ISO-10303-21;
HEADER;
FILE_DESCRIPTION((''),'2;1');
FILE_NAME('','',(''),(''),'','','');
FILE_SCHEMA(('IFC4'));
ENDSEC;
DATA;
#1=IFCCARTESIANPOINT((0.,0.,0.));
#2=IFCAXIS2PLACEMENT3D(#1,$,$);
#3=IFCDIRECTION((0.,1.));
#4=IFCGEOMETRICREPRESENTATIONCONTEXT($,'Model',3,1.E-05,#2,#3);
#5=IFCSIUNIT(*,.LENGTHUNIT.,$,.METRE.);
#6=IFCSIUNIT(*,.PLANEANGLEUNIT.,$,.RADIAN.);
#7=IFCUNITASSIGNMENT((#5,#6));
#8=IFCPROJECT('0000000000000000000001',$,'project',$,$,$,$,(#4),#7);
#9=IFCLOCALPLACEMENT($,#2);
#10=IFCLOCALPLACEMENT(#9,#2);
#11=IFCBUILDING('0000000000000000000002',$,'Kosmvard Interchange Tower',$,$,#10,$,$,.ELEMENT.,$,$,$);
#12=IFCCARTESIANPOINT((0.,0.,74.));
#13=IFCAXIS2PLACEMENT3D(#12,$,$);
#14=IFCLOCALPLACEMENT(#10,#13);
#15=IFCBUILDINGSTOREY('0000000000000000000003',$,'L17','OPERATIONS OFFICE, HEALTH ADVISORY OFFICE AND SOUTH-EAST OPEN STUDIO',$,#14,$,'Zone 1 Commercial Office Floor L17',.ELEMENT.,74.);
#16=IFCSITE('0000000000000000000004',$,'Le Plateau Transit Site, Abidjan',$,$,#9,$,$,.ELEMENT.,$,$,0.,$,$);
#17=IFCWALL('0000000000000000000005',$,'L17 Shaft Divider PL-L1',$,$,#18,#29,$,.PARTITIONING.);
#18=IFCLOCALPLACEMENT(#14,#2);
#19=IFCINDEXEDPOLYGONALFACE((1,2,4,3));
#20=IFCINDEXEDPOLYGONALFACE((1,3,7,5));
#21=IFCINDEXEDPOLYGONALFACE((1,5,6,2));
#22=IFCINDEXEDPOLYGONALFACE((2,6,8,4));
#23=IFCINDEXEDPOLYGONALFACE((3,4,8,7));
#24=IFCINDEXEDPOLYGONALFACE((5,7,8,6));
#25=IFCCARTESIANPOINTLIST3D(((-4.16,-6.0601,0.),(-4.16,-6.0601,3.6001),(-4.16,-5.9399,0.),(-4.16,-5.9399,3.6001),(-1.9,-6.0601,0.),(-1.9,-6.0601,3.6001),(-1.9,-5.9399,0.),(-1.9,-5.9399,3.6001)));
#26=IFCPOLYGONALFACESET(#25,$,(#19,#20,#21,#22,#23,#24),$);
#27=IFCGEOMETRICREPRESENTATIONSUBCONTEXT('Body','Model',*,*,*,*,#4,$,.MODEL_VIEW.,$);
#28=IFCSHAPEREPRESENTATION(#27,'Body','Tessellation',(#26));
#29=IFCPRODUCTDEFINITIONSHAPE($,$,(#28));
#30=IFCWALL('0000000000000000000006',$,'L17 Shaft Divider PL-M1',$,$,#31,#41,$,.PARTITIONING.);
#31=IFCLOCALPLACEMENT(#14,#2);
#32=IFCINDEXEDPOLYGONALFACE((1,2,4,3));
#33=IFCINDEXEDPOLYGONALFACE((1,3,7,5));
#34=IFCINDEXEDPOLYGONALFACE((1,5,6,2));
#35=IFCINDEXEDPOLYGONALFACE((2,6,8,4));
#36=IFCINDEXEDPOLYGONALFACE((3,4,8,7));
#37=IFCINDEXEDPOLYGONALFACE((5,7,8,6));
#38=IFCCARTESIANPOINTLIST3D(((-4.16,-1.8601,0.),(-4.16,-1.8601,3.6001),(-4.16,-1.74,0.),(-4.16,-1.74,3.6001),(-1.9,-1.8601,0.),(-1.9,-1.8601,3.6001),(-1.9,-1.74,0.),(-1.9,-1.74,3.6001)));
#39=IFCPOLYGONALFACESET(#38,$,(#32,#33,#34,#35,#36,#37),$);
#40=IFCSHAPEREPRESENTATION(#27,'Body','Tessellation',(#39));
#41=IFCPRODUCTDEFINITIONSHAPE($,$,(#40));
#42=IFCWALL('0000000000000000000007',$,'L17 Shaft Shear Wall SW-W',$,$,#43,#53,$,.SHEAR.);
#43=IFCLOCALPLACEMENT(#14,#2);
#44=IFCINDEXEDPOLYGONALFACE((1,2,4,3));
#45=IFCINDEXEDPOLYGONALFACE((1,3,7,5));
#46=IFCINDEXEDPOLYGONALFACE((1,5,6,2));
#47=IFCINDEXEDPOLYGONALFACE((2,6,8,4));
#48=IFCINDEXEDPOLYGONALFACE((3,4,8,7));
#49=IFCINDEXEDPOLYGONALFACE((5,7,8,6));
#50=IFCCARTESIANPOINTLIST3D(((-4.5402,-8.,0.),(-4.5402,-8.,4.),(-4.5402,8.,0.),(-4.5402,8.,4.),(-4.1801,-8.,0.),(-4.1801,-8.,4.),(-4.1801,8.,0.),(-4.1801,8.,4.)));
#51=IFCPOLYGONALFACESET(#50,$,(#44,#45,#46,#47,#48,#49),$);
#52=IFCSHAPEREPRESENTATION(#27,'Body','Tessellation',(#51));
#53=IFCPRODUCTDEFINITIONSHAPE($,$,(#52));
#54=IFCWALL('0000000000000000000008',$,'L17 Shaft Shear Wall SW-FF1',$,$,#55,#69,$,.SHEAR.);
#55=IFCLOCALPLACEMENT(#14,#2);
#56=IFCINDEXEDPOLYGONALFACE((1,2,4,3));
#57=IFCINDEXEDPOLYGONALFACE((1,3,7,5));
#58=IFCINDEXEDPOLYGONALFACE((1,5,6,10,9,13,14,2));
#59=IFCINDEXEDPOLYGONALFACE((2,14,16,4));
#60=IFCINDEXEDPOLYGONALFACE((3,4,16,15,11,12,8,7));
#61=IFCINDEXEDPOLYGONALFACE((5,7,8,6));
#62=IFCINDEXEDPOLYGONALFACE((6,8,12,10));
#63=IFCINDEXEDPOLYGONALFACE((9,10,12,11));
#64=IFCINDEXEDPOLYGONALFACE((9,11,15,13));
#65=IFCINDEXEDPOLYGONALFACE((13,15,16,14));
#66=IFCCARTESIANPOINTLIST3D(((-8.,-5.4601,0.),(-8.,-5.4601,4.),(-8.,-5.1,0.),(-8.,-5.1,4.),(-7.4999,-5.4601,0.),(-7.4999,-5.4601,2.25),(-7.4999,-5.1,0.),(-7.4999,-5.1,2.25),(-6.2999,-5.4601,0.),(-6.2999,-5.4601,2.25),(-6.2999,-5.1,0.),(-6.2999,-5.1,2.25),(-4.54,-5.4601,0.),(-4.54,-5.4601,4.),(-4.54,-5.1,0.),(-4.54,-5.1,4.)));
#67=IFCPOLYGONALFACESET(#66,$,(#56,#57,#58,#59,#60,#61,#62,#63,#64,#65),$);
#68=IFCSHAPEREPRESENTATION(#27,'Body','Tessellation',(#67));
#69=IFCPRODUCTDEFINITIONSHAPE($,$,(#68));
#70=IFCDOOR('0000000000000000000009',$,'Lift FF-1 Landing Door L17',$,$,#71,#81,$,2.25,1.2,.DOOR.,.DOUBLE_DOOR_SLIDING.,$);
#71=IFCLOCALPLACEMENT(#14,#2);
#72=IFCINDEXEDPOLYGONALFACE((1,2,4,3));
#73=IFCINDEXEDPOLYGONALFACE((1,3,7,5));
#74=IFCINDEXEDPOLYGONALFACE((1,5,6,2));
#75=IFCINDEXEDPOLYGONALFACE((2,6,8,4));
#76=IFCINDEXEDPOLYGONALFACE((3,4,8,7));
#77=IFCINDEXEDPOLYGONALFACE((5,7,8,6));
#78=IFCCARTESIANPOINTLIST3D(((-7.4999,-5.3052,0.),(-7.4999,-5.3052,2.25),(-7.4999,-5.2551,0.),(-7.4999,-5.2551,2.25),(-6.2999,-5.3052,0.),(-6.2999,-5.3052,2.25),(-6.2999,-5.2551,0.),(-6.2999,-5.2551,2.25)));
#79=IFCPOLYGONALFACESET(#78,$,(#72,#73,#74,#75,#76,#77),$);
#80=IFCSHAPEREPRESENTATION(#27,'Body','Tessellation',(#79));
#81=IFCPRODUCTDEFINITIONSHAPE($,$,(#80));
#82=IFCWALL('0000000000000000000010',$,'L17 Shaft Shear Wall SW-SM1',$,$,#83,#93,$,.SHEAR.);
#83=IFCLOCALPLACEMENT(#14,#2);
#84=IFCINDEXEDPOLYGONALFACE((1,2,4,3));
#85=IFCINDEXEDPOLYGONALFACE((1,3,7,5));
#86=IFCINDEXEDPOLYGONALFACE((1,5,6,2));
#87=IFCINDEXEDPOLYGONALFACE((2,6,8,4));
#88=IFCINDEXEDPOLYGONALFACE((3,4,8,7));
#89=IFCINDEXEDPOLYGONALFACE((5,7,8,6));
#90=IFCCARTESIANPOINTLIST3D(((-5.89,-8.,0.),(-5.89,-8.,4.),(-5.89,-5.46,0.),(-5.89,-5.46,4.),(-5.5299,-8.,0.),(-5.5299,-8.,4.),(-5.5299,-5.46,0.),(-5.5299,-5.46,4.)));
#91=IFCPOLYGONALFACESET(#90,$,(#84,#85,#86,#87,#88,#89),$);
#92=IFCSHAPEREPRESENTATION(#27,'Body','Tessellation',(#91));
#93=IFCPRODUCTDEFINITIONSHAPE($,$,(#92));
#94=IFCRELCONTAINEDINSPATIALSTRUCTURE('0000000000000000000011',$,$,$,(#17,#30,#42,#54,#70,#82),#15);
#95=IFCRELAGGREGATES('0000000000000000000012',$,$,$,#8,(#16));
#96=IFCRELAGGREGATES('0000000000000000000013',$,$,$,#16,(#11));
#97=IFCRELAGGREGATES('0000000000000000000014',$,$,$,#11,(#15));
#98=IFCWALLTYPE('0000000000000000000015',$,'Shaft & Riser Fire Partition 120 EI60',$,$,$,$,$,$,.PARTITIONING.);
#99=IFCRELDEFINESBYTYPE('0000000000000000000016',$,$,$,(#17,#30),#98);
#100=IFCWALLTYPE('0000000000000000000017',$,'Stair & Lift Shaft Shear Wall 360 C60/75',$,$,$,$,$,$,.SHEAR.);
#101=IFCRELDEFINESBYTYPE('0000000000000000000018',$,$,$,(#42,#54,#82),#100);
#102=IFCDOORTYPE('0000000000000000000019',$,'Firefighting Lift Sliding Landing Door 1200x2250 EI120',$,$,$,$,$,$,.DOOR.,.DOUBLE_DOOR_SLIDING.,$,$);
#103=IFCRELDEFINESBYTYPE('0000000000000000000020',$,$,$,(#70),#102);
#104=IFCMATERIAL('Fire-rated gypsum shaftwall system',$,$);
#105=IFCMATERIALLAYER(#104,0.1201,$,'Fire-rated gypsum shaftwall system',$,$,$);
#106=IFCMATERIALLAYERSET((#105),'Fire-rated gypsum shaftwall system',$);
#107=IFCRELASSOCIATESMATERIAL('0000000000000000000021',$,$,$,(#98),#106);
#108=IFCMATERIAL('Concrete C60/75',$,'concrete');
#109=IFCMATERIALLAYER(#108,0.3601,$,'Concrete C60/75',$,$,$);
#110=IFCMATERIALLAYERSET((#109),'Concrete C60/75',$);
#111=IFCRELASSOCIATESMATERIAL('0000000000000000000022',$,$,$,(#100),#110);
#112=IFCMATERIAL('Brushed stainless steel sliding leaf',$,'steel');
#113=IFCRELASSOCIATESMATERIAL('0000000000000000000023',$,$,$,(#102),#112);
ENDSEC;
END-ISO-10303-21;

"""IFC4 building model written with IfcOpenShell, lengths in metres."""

from ifc_helpers import new_model, si_unit, direction, frame, frame_2d, origin, place, context, subcontext, project, spatial, rectangle, extrude, source, transform, mapped, material, layer, layer_set, type_object, element, fill, save


model = new_model("IFC4")

# Units and contexts
model_context = context("Model", 3, precision=1e-05, world=origin(), true_north=direction((0.0, 1.0)))
body_context = subcontext(model_context, "Body", "Model", "MODEL_VIEW")
ifc_project = project(units=[si_unit("LENGTHUNIT", "METRE"), si_unit("PLANEANGLEUNIT", "RADIAN")], contexts=[model_context])

# Site, building, storey
site_placement = place(None, origin())
site = spatial("IfcSite", under=ifc_project, at=site_placement, Name="Le Plateau Transit Site, Abidjan", CompositionType="ELEMENT", RefElevation=0.0)
building_placement = place(site_placement, origin())
building = spatial("IfcBuilding", under=site, at=building_placement, Name="Kosmvard Interchange Tower", CompositionType="ELEMENT")
storey_placement = place(building_placement, frame((0.0, 0.0, 74.0)))
storey = spatial("IfcBuildingStorey", under=building, at=storey_placement, Name="L17", Description="OPERATIONS OFFICE, HEALTH ADVISORY OFFICE AND SOUTH-EAST OPEN STUDIO", LongName="Zone 1 Commercial Office Floor L17", CompositionType="ELEMENT", Elevation=74.0)

# Shared definitions
ifc_material_1 = material(Name="Brushed stainless steel sliding leaf", Category="steel")

# Walls
ifc_material_2 = material(Name="Fire-rated gypsum shaftwall system")
ifc_layer_1 = layer(ifc_material_2, 0.1201, Name="Fire-rated gypsum shaftwall system")
ifc_layer_set_1 = layer_set([ifc_layer_1], Name="Fire-rated gypsum shaftwall system")
wall_type_1 = type_object("IfcWallType", Name="Shaft & Riser Fire Partition 120 EI60", PredefinedType="PARTITIONING", material=ifc_layer_set_1)
for number, where, z_axis, x_axis, name in (
    (1, (-4.1599, -6.0, 0.0), (0.0, 0.0, 1.0), (1.0, 0.0, 0.0), "L17 Shaft Divider PL-L1"),
    (2, (-4.1599, -1.8, 0.0), (0.0, 0.0, 1.0), (1.0, 0.0, 0.0), "L17 Shaft Divider PL-M1"),
):
    element("IfcWall", number, at=place(storey_placement, frame(where, z_axis=z_axis, x_axis=x_axis)), inside=storey, type_object=wall_type_1, Name=name, PredefinedType="PARTITIONING", context=body_context, shape_type="SweptSolid", body=[
        extrude(rectangle(XDim=2.26, YDim=0.1201, at=frame_2d((1.1299, 0.0))), origin(), (0.0, 0.0, 1.0), 3.6001),
    ])
ifc_material_3 = material(Name="Concrete C60/75", Category="concrete")
ifc_layer_2 = layer(ifc_material_3, 0.3601, Name="Concrete C60/75")
ifc_layer_set_2 = layer_set([ifc_layer_2], Name="Concrete C60/75")
wall_type_2 = type_object("IfcWallType", Name="Stair & Lift Shaft Shear Wall 360 C60/75", PredefinedType="SHEAR", material=ifc_layer_set_2)
wall_1_placement = place(storey_placement, frame((-4.3601, -8.0, 0.0), z_axis=(0.0, 0.0, 1.0), x_axis=(0.0, 1.0, 0.0)))
element("IfcWall", 3, at=wall_1_placement, inside=storey, type_object=wall_type_2, Name="L17 Shaft Shear Wall SW-W", PredefinedType="SHEAR", context=body_context, shape_type="SweptSolid", body=[
    extrude(rectangle(XDim=16.0, YDim=0.3601, at=frame_2d((8.0, 0.0))), origin(), (0.0, 0.0, 1.0), 4.0),
])

# Wall, opening, door
wall_2_placement = place(storey_placement, frame((-8.0, -5.28, 0.0), z_axis=(0.0, 0.0, 1.0), x_axis=(1.0, 0.0, 0.0)))
wall_2 = element("IfcWall", 4, at=wall_2_placement, inside=storey, type_object=wall_type_2, Name="L17 Shaft Shear Wall SW-FF1", PredefinedType="SHEAR", context=body_context, shape_type="SweptSolid", body=[
    extrude(rectangle(XDim=3.46, YDim=0.3601, at=frame_2d((1.73, 0.0))), origin(), (0.0, 0.0, 1.0), 4.0),
])
opening_1_placement = place(wall_2_placement, frame((0.5, 0.0, 0.0)))
opening_1 = element("IfcOpeningElement", 5, at=opening_1_placement, cuts=wall_2, PredefinedType="OPENING", context=body_context, shape_type="SweptSolid", body=[
    extrude(rectangle(XDim=1.2, YDim=2.25, at=frame_2d((0.6001, 1.125))), frame((0.0, 0.1899, 0.0), z_axis=(0.0, -1.0, 0.0), x_axis=(1.0, 0.0, 0.0)), (0.0, 0.0, 1.0), 0.3801),
])
door_type_1 = type_object("IfcDoorType", Name="Firefighting Lift Sliding Landing Door 1200x2250 EI120", OperationType="DOUBLE_DOOR_SLIDING", PredefinedType="DOOR", material=ifc_material_1)
shared_shape_1 = source(origin(), body_context, "Body", "SweptSolid", [
    extrude(rectangle(XDim=1.2, YDim=2.25, at=frame_2d((0.6001, 1.125))), frame((0.0, 0.0249, 0.0), z_axis=(0.0, -1.0, 0.0), x_axis=(1.0, 0.0, 0.0)), (0.0, 0.0, 1.0), 0.05),
])
door_1_placement = place(opening_1_placement, origin())
door_1 = element("IfcDoor", 6, at=door_1_placement, inside=storey, type_object=door_type_1, Name="Lift FF-1 Landing Door L17", OperationType="DOUBLE_DOOR_SLIDING", OverallHeight=2.25, OverallWidth=1.2, PredefinedType="DOOR", context=body_context, shape_type="MappedRepresentation", body=[
    mapped(shared_shape_1, transform((0.0, 0.0, 0.0), scale=1.0)),
])
fill(opening_1, door_1)

# Wall
wall_3_placement = place(storey_placement, frame((-5.71, -8.0, 0.0), z_axis=(0.0, 0.0, 1.0), x_axis=(0.0, 1.0, 0.0)))
element("IfcWall", 7, at=wall_3_placement, inside=storey, type_object=wall_type_2, Name="L17 Shaft Shear Wall SW-SM1", PredefinedType="SHEAR", context=body_context, shape_type="SweptSolid", body=[
    extrude(rectangle(XDim=2.54, YDim=0.3601, at=frame_2d((1.27, 0.0))), origin(), (0.0, 0.0, 1.0), 4.0),
])

save(model, "model.ifc")
